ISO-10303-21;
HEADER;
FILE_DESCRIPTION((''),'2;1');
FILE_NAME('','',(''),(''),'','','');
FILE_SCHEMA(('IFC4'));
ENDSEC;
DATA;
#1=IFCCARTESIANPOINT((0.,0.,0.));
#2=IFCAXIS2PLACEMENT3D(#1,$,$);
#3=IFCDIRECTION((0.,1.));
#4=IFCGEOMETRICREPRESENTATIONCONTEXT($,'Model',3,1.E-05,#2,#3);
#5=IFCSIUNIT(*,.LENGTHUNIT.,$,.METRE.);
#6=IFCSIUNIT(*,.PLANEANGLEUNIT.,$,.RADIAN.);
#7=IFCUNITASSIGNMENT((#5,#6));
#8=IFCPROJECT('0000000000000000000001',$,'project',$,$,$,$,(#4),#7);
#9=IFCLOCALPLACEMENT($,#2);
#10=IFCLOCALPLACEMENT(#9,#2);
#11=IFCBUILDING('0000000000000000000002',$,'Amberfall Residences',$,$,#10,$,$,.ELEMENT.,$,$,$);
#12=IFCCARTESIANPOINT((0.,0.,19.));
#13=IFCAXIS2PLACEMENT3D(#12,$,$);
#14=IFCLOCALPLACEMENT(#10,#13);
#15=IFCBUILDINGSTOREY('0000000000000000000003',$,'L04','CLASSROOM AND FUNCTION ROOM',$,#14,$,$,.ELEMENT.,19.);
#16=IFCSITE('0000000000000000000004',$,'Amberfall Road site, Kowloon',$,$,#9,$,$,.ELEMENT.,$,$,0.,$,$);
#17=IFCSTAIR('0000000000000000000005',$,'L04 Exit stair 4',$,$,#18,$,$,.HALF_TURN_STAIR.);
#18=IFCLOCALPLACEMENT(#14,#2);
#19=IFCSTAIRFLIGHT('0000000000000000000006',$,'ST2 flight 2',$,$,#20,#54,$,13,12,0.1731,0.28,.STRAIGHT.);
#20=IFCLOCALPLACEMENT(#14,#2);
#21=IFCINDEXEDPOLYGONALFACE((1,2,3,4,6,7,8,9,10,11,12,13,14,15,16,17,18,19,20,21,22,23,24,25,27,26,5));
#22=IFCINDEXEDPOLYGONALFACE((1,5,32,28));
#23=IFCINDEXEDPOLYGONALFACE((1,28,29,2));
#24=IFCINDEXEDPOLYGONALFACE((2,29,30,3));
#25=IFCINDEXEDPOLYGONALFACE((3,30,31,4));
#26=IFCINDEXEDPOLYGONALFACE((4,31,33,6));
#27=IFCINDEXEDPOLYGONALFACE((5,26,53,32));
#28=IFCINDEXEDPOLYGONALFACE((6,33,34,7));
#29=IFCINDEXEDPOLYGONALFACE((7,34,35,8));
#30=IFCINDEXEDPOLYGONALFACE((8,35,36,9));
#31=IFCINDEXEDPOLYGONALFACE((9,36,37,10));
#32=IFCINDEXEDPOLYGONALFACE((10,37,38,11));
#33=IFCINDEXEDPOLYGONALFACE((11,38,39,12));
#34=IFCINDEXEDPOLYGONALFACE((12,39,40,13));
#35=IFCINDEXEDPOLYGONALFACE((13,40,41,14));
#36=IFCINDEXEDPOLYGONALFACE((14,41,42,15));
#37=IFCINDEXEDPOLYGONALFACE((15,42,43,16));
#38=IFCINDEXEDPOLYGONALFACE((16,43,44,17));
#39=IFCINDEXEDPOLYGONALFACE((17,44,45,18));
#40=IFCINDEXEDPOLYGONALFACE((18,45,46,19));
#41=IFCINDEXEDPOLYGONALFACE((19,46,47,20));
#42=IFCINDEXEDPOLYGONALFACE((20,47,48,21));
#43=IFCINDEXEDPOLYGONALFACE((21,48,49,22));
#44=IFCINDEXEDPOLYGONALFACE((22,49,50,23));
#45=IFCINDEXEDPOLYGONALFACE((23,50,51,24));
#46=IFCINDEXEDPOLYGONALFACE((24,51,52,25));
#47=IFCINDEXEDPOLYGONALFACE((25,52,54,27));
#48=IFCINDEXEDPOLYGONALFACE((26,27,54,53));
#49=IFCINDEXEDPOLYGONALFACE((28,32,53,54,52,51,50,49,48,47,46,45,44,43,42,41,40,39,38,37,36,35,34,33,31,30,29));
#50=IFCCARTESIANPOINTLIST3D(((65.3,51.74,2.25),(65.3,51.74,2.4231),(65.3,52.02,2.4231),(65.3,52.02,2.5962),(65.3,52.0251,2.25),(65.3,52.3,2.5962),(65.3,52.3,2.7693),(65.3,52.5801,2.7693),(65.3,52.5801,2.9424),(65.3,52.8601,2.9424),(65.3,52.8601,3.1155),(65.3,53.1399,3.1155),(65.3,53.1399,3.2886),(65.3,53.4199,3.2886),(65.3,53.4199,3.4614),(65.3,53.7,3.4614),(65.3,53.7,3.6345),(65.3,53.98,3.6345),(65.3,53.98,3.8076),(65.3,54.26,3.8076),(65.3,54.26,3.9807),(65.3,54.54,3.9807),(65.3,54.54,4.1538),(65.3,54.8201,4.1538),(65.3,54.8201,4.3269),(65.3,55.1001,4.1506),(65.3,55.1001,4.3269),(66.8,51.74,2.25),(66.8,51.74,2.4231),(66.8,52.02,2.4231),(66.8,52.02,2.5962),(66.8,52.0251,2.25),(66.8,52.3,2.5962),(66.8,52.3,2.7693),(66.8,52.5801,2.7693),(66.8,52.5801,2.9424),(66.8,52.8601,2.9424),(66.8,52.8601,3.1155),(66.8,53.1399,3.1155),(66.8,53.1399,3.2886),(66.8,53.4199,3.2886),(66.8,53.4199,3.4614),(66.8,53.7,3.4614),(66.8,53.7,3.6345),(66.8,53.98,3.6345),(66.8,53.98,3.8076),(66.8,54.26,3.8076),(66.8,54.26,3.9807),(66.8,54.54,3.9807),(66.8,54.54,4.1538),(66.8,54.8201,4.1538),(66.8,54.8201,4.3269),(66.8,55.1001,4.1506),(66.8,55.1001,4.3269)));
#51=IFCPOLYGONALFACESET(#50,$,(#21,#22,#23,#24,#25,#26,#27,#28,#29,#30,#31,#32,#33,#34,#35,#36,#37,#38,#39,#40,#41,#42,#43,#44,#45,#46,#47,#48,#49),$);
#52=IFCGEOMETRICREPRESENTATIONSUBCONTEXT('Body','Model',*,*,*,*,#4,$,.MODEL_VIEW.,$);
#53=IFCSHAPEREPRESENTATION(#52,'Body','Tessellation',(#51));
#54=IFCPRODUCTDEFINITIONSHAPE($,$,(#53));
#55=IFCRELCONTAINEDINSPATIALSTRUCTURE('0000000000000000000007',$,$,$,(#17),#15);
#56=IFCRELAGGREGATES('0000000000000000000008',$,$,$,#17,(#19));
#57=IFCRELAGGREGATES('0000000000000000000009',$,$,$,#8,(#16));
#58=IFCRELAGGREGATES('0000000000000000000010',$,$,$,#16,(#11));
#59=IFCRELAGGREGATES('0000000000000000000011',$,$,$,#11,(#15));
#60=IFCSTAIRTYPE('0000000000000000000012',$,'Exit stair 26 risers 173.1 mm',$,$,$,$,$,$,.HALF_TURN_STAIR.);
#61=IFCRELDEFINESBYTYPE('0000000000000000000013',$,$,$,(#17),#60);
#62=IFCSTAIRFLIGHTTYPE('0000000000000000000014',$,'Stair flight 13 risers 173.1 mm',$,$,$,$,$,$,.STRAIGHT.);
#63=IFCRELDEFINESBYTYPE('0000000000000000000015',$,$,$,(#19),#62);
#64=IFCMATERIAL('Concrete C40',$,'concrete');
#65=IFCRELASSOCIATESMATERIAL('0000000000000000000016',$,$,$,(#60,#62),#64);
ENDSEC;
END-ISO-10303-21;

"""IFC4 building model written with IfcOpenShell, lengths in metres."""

from ifc_helpers import new_model, si_unit, direction, frame, origin, place, context, subcontext, project, spatial, polyline, outline, extrude, material, type_object, element, aggregate, save


model = new_model("IFC4")

# Units and contexts
model_context = context("Model", 3, precision=1e-05, world=origin(), true_north=direction((0.0, 1.0)))
body_context = subcontext(model_context, "Body", "Model", "MODEL_VIEW")
ifc_project = project(units=[si_unit("LENGTHUNIT", "METRE"), si_unit("PLANEANGLEUNIT", "RADIAN")], contexts=[model_context])

# Site, building, storey
site_placement = place(None, origin())
site = spatial("IfcSite", under=ifc_project, at=site_placement, Name="Amberfall Road site, Kowloon", CompositionType="ELEMENT", RefElevation=0.0)
building_placement = place(site_placement, origin())
building = spatial("IfcBuilding", under=site, at=building_placement, Name="Amberfall Residences", CompositionType="ELEMENT")
storey_placement = place(building_placement, frame((0.0, 0.0, 19.0)))
storey = spatial("IfcBuildingStorey", under=building, at=storey_placement, Name="L04", Description="CLASSROOM AND FUNCTION ROOM", CompositionType="ELEMENT", Elevation=19.0)

# Stair, stair flight
ifc_material_1 = material(Name="Concrete C40", Category="concrete")
stair_type = type_object("IfcStairType", Name="Exit stair 26 risers 173.1 mm", PredefinedType="HALF_TURN_STAIR", material=ifc_material_1)
stair_flight_type = type_object("IfcStairFlightType", Name="Stair flight 13 risers 173.1 mm", PredefinedType="STRAIGHT", material=ifc_material_1)
stair_1_placement = place(storey_placement, origin())
stair_1 = element("IfcStair", 1, at=stair_1_placement, inside=storey, type_object=stair_type, Name="L04 Exit stair 4", PredefinedType="HALF_TURN_STAIR")
stair_flight_1_placement = place(storey_placement, frame((66.05, 51.74, 2.25), z_axis=(0.0, 0.0, 1.0), x_axis=(0.0, 1.0, 0.0)))
stair_flight_1 = element("IfcStairFlight", 2, at=stair_flight_1_placement, type_object=stair_flight_type, Name="ST2 flight 2", NumberOfRisers=13, NumberOfTreads=12, PredefinedType="STRAIGHT", RiserHeight=0.1731, TreadLength=0.28, context=body_context, shape_type="SweptSolid", body=[
    extrude(outline(polyline([(0.0, 0.0), (0.0, 0.1731), (0.28, 0.1731), (0.28, 0.3462), (0.5601, 0.3462), (0.5601, 0.5193), (0.8401, 0.5193), (0.8401, 0.6924), (1.1201, 0.6924), (1.1201, 0.8655), (1.3999, 0.8655), (1.3999, 1.0386), (1.6799, 1.0386), (1.6799, 1.2114), (1.96, 1.2114), (1.96, 1.3845), (2.24, 1.3845), (2.24, 1.5576), (2.52, 1.5576), (2.52, 1.7307), (2.8, 1.7307), (2.8, 1.9038), (3.0801, 1.9038), (3.0801, 2.0769), (3.3601, 2.0769), (3.3601, 2.25), (3.3601, 1.9006), (0.2852, 0.0), (0.0, 0.0)])), frame((0.0, 0.75, 0.0), z_axis=(0.0, -1.0, 0.0), x_axis=(1.0, 0.0, 0.0)), (0.0, 0.0, 1.0), 1.5),
])
aggregate(stair_1, [stair_flight_1])

save(model, "model.ifc")
